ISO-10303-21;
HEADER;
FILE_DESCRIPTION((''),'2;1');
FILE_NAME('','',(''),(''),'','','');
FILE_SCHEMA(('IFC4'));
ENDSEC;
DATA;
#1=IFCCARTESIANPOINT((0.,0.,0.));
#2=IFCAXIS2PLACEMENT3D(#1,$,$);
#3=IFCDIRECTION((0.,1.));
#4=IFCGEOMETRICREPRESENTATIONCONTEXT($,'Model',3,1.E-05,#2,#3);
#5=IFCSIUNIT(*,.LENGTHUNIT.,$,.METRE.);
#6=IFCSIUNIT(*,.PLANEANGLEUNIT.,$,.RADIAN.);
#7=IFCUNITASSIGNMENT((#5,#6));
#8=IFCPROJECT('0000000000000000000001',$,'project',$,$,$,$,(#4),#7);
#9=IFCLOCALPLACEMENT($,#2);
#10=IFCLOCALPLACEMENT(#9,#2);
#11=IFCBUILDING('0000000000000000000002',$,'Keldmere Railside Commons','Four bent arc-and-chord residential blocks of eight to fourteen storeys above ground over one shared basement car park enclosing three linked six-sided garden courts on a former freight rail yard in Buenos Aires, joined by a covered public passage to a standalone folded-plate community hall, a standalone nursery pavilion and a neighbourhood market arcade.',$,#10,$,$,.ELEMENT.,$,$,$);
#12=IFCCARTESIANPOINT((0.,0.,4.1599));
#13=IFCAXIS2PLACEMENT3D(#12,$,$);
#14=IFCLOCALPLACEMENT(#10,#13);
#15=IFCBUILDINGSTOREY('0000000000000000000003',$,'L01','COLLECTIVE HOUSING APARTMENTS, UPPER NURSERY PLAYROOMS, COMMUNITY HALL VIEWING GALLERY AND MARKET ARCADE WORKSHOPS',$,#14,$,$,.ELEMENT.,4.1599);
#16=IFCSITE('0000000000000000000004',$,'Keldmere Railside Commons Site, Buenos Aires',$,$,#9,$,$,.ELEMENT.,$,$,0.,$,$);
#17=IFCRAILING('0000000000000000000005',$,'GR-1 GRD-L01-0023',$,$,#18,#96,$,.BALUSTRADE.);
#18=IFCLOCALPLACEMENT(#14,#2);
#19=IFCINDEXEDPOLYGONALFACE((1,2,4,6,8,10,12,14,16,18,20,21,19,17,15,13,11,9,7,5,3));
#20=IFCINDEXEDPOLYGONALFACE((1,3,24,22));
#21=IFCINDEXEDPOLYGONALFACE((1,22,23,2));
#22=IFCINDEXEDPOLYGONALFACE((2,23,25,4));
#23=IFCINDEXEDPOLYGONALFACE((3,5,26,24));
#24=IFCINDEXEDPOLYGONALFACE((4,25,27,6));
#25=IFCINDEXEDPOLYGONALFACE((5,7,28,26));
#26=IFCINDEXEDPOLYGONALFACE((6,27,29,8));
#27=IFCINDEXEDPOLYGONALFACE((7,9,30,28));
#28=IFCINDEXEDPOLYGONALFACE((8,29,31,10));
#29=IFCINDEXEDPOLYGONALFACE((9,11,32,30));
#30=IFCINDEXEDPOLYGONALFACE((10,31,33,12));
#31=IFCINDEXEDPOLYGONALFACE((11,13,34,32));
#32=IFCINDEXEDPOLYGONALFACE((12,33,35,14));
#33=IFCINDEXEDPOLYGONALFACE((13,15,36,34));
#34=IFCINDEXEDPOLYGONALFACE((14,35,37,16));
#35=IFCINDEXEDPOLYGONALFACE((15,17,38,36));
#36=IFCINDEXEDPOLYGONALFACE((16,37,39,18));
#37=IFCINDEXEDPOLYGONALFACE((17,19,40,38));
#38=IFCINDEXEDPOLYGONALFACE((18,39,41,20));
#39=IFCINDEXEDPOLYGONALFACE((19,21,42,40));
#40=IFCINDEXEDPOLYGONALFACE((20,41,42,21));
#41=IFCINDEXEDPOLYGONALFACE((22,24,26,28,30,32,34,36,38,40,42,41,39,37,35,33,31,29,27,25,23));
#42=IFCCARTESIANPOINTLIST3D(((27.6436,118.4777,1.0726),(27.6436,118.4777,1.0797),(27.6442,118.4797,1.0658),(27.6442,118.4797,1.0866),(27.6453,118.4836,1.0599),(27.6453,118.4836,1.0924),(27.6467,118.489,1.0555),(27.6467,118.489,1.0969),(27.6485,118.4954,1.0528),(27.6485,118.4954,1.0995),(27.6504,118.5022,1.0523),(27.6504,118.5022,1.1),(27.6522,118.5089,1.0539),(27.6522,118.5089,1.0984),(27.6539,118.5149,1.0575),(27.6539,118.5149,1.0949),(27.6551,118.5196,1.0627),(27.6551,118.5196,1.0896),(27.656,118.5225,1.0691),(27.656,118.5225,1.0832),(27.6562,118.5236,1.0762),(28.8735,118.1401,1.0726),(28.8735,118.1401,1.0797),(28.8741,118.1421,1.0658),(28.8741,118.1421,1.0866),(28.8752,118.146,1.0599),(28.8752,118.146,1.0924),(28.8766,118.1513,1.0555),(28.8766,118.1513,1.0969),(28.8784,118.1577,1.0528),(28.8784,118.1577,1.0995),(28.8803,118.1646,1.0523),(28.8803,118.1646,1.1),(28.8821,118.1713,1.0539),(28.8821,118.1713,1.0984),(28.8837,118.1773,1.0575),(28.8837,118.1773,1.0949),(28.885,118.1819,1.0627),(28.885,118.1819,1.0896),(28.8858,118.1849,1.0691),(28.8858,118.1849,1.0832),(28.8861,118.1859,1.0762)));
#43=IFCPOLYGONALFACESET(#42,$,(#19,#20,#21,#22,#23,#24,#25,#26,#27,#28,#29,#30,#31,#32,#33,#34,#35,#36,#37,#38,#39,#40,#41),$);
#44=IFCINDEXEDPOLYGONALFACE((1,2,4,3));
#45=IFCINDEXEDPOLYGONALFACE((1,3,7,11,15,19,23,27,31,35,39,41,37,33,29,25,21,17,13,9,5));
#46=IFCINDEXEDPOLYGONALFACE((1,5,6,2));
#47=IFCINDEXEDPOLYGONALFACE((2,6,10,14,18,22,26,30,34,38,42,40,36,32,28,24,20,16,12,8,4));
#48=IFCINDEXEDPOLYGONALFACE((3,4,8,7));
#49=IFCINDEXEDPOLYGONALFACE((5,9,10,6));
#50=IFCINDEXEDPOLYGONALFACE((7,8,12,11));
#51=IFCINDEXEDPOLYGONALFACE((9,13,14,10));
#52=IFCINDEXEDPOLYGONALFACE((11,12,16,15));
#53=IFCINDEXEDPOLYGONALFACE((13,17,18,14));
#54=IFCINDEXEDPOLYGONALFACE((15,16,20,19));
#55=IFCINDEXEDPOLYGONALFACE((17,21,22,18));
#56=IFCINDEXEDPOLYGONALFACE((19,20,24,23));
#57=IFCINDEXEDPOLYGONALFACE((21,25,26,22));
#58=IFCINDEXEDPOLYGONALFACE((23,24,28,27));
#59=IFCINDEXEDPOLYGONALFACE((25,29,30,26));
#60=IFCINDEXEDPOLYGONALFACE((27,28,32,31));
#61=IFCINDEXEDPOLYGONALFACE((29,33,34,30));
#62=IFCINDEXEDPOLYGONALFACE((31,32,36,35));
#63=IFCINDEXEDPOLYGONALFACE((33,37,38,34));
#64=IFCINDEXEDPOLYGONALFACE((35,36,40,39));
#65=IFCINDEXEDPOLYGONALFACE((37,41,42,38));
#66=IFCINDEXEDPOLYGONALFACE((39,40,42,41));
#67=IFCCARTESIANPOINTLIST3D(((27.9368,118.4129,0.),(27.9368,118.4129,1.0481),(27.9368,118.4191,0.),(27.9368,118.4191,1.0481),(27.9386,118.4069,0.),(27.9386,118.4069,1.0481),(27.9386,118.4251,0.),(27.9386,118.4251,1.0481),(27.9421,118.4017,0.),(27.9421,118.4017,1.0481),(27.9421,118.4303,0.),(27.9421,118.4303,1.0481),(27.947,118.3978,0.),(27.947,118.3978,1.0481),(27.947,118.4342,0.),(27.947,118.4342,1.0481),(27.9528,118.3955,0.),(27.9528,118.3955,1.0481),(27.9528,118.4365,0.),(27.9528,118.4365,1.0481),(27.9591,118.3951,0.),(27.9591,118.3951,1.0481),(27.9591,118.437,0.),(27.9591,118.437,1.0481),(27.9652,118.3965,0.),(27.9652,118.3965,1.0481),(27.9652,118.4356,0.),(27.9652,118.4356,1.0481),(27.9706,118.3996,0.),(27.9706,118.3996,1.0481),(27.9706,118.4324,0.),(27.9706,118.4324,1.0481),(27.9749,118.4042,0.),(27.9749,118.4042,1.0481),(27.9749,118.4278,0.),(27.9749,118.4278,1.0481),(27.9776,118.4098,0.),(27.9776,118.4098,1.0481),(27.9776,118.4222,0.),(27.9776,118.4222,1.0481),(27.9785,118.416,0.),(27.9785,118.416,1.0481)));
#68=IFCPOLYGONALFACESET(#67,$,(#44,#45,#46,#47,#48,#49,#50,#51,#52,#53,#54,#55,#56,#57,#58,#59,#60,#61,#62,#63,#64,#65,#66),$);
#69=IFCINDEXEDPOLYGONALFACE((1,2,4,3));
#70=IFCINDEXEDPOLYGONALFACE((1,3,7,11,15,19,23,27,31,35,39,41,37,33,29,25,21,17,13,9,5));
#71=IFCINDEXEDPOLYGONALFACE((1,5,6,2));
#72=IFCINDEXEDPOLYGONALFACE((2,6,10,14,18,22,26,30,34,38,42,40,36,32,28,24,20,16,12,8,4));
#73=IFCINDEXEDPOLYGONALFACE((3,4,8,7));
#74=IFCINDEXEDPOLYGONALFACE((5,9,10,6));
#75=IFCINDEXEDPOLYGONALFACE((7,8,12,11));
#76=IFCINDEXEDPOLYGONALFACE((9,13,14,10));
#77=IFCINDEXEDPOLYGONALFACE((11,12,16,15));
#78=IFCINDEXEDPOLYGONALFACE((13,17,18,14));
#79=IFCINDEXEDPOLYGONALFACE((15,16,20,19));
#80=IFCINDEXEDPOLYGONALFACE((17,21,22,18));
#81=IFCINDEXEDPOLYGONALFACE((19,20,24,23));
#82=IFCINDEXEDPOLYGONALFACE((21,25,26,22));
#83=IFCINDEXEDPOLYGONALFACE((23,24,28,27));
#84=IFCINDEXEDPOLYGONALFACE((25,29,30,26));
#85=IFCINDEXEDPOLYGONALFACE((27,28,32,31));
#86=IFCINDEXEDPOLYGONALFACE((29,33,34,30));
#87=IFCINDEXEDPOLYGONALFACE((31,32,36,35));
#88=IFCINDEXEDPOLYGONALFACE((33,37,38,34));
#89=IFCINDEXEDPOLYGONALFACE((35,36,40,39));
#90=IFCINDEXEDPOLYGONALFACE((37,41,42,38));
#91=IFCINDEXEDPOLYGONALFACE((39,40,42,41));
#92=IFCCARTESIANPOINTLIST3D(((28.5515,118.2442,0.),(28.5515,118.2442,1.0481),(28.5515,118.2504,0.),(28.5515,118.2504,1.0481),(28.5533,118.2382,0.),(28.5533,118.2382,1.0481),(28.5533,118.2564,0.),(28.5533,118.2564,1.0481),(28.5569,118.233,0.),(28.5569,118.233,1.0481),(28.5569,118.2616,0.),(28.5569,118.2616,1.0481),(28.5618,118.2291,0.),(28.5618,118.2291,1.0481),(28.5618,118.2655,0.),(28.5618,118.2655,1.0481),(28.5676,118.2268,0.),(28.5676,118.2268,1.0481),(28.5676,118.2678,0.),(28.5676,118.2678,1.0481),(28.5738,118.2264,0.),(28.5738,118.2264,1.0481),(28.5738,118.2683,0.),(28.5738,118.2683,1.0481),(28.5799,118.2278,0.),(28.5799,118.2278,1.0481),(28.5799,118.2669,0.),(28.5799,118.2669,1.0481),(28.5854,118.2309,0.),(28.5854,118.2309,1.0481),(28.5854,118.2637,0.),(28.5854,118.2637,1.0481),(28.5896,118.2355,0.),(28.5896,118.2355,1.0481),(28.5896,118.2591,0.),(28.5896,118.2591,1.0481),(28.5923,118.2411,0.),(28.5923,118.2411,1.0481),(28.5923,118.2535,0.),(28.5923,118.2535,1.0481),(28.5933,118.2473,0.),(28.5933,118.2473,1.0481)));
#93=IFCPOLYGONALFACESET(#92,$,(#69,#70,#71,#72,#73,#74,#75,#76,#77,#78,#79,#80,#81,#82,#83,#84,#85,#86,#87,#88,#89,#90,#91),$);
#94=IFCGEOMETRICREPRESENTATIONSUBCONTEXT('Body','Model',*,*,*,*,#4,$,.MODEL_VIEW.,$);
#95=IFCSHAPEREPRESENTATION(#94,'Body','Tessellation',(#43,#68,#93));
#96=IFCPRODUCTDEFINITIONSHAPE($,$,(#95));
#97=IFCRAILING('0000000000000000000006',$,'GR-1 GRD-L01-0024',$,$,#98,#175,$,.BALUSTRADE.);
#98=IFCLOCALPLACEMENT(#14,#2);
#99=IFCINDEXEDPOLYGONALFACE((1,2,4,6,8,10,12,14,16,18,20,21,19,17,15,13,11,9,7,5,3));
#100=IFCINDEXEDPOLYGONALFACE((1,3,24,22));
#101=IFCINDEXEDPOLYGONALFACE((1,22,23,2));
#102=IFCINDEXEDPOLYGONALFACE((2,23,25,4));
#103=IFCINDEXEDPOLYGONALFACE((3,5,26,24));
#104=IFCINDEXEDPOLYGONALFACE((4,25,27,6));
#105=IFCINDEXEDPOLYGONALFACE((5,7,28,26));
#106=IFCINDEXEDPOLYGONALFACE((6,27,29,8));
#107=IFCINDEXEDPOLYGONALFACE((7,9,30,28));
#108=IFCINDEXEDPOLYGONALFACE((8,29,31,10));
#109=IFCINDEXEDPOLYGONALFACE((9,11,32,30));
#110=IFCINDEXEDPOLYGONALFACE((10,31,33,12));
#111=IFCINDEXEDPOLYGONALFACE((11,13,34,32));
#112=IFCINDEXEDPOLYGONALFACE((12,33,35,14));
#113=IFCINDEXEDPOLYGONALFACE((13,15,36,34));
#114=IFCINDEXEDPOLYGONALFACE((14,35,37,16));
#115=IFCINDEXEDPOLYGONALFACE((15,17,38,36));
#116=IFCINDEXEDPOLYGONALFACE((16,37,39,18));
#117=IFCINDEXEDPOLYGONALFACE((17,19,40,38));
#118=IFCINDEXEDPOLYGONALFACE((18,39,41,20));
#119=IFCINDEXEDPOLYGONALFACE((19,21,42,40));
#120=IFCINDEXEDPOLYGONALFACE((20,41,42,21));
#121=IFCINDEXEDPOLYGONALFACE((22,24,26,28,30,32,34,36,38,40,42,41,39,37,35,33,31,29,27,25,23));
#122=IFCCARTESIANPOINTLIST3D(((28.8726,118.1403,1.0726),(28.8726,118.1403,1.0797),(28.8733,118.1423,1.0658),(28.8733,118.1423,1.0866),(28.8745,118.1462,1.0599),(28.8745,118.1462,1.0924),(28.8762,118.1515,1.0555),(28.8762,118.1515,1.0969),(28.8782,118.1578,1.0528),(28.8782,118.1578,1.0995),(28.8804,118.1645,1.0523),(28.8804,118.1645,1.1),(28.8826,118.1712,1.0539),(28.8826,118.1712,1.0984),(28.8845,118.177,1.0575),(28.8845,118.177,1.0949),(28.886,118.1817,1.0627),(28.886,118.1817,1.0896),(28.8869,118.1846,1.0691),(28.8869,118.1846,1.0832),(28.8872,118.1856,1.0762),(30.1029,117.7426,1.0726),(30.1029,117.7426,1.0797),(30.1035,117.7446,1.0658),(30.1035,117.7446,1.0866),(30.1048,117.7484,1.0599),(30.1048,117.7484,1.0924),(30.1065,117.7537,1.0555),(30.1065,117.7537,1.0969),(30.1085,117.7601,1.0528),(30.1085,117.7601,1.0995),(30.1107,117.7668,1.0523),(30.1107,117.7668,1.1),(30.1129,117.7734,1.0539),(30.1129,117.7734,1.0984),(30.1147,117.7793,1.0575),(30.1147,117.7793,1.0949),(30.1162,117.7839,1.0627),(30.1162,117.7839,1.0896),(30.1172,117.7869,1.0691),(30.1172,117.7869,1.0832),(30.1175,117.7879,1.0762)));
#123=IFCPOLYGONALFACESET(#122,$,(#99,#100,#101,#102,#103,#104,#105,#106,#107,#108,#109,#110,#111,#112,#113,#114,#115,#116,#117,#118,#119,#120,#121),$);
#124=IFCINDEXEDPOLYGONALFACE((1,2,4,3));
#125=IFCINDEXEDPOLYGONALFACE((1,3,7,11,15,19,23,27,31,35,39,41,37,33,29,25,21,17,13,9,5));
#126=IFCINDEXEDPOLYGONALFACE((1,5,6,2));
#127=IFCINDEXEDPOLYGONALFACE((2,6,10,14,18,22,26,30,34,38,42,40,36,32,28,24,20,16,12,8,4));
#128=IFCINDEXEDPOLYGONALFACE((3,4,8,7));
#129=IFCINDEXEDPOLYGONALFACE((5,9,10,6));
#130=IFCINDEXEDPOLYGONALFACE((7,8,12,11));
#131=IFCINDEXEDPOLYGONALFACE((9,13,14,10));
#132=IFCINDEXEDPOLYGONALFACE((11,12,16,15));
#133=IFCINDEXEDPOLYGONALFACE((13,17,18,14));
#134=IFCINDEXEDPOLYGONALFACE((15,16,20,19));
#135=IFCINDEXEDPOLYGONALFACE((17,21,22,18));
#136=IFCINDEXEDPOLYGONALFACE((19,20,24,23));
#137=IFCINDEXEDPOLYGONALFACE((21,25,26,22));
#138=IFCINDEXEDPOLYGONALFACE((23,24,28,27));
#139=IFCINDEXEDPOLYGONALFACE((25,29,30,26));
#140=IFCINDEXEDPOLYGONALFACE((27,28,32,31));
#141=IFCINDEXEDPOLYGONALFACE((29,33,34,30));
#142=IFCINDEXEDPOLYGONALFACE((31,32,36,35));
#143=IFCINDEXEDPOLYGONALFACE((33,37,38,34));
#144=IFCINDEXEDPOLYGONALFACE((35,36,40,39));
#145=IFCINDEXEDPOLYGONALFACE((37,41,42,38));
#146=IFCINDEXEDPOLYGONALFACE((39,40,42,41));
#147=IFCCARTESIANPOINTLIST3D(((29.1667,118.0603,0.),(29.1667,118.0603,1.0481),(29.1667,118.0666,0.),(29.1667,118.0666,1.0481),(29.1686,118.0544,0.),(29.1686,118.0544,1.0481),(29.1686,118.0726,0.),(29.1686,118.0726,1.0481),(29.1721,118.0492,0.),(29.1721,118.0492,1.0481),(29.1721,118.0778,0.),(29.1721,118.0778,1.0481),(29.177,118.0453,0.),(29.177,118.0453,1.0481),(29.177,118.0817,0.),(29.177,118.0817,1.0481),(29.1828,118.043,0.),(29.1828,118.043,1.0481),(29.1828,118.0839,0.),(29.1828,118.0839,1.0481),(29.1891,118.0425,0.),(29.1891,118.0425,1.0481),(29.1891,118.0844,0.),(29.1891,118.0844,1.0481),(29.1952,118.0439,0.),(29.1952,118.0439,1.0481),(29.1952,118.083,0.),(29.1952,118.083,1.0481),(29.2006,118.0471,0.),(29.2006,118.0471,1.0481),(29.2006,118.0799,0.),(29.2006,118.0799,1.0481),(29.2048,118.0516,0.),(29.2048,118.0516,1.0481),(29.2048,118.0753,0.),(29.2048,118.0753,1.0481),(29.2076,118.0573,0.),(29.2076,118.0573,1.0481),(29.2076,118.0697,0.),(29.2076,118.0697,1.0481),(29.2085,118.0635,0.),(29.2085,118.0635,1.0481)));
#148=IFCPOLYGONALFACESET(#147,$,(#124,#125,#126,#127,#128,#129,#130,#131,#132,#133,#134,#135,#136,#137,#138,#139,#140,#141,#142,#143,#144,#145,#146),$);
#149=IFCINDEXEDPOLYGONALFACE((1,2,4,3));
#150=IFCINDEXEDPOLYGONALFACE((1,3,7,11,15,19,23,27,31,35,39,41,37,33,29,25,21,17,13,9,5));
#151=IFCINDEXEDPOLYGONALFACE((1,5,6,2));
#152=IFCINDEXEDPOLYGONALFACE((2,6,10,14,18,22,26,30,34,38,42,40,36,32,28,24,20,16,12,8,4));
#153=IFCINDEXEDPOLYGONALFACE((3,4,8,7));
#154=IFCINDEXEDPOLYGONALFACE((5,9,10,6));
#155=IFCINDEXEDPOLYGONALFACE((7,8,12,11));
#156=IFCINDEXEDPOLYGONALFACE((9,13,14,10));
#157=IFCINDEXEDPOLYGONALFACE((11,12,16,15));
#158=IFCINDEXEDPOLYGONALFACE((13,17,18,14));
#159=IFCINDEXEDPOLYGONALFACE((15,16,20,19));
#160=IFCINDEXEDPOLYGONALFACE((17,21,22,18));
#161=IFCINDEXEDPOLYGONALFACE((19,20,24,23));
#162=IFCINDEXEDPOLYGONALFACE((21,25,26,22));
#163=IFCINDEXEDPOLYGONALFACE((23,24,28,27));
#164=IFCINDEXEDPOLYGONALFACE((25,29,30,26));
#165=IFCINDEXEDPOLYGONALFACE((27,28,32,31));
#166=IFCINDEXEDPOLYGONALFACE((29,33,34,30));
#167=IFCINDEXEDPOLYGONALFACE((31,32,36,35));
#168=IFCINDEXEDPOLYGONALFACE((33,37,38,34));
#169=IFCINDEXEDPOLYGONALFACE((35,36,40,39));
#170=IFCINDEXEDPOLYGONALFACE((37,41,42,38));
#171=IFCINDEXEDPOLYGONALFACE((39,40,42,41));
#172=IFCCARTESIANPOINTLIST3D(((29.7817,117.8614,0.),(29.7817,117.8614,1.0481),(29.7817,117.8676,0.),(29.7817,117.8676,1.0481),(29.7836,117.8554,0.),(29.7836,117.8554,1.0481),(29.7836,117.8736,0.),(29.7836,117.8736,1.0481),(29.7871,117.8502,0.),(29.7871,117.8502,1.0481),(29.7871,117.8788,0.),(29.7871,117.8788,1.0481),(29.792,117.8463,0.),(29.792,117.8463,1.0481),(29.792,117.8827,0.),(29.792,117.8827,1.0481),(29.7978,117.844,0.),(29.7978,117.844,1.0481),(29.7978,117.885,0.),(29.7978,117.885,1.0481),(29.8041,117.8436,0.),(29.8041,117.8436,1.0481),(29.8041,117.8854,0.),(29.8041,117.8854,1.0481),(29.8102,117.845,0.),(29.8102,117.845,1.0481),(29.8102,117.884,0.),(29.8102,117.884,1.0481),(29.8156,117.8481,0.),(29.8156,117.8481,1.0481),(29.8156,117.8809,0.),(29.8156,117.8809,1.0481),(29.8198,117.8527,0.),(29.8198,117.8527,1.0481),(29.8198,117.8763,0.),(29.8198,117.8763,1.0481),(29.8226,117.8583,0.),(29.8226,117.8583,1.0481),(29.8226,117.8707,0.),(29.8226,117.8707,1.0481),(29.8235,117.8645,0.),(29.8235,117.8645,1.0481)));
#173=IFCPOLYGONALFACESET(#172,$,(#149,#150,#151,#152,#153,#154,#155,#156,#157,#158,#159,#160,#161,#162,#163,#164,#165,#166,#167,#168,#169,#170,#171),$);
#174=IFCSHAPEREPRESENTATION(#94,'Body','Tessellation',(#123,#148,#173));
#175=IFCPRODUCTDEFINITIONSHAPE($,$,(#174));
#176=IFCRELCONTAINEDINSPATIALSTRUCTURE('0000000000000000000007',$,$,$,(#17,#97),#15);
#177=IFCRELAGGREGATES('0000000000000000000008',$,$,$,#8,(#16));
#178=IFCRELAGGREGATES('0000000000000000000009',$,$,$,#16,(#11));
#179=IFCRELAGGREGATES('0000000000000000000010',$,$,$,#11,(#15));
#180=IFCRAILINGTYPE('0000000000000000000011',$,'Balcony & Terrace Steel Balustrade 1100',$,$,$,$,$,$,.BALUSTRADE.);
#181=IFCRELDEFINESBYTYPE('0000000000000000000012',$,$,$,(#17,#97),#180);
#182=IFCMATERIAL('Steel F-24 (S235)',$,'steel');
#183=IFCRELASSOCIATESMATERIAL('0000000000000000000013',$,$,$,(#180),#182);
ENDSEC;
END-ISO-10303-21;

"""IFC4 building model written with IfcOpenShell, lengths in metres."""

from ifc_helpers import new_model, si_unit, direction, frame, origin, origin_2d, place, context, subcontext, project, spatial, circle, extrude, material, type_object, element, save


model = new_model("IFC4")

# Units and contexts
model_context = context("Model", 3, precision=1e-05, world=origin(), true_north=direction((0.0, 1.0)))
body_context = subcontext(model_context, "Body", "Model", "MODEL_VIEW")
ifc_project = project(units=[si_unit("LENGTHUNIT", "METRE"), si_unit("PLANEANGLEUNIT", "RADIAN")], contexts=[model_context])

# Site, building, storey
site_placement = place(None, origin())
site = spatial("IfcSite", under=ifc_project, at=site_placement, Name="Keldmere Railside Commons Site, Buenos Aires", CompositionType="ELEMENT", RefElevation=0.0)
building_placement = place(site_placement, origin())
building = spatial("IfcBuilding", under=site, at=building_placement, Name="Keldmere Railside Commons", Description="Four bent arc-and-chord residential blocks of eight to fourteen storeys above ground over one shared basement car park enclosing three linked six-sided garden courts on a former freight rail yard in Buenos Aires, joined by a covered public passage to a standalone folded-plate community hall, a standalone nursery pavilion and a neighbourhood market arcade.", CompositionType="ELEMENT")
storey_placement = place(building_placement, frame((0.0, 0.0, 4.1599)))
storey = spatial("IfcBuildingStorey", under=building, at=storey_placement, Name="L01", Description="COLLECTIVE HOUSING APARTMENTS, UPPER NURSERY PLAYROOMS, COMMUNITY HALL VIEWING GALLERY AND MARKET ARCADE WORKSHOPS", CompositionType="ELEMENT", Elevation=4.1599)

# Railings
ifc_material_1 = material(Name="Steel F-24 (S235)", Category="steel")
railing_type = type_object("IfcRailingType", Name="Balcony & Terrace Steel Balustrade 1100", PredefinedType="BALUSTRADE", material=ifc_material_1)
railing_1_placement = place(storey_placement, frame((27.6499, 118.5005, 0.0)))
element("IfcRailing", 1, at=railing_1_placement, inside=storey, type_object=railing_type, Name="GR-1 GRD-L01-0023", PredefinedType="BALUSTRADE", context=body_context, shape_type="SweptSolid", body=[
    extrude(circle(Radius=0.0239, at=origin_2d()), frame((0.0, 0.0, 1.0762), z_axis=(0.964325, -0.26472, 0.0), x_axis=(0.26472, 0.964325, 0.0)), (0.0, 0.0, 1.0), 1.2754),
    extrude(circle(Radius=0.021, at=origin_2d()), frame((0.3076, -0.0845, 0.0)), (0.0, 0.0, 1.0), 1.0481),
    extrude(circle(Radius=0.021, at=origin_2d()), frame((0.9224, -0.2532, 0.0)), (0.0, 0.0, 1.0), 1.0481),
])
railing_2_placement = place(storey_placement, frame((28.8799, 118.1628, 0.0)))
element("IfcRailing", 2, at=railing_2_placement, inside=storey, type_object=railing_type, Name="GR-1 GRD-L01-0024", PredefinedType="BALUSTRADE", context=body_context, shape_type="SweptSolid", body=[
    extrude(circle(Radius=0.0239, at=origin_2d()), frame((0.0, 0.0, 1.0762), z_axis=(0.951514, -0.307604, 0.0), x_axis=(0.307604, 0.951514, 0.0)), (0.0, 0.0, 1.0), 1.293),
    extrude(circle(Radius=0.021, at=origin_2d()), frame((0.3076, -0.0994, 0.0)), (0.0, 0.0, 1.0), 1.0481),
    extrude(circle(Radius=0.021, at=origin_2d()), frame((0.9226, -0.2983, 0.0)), (0.0, 0.0, 1.0), 1.0481),
])

save(model, "model.ifc")
